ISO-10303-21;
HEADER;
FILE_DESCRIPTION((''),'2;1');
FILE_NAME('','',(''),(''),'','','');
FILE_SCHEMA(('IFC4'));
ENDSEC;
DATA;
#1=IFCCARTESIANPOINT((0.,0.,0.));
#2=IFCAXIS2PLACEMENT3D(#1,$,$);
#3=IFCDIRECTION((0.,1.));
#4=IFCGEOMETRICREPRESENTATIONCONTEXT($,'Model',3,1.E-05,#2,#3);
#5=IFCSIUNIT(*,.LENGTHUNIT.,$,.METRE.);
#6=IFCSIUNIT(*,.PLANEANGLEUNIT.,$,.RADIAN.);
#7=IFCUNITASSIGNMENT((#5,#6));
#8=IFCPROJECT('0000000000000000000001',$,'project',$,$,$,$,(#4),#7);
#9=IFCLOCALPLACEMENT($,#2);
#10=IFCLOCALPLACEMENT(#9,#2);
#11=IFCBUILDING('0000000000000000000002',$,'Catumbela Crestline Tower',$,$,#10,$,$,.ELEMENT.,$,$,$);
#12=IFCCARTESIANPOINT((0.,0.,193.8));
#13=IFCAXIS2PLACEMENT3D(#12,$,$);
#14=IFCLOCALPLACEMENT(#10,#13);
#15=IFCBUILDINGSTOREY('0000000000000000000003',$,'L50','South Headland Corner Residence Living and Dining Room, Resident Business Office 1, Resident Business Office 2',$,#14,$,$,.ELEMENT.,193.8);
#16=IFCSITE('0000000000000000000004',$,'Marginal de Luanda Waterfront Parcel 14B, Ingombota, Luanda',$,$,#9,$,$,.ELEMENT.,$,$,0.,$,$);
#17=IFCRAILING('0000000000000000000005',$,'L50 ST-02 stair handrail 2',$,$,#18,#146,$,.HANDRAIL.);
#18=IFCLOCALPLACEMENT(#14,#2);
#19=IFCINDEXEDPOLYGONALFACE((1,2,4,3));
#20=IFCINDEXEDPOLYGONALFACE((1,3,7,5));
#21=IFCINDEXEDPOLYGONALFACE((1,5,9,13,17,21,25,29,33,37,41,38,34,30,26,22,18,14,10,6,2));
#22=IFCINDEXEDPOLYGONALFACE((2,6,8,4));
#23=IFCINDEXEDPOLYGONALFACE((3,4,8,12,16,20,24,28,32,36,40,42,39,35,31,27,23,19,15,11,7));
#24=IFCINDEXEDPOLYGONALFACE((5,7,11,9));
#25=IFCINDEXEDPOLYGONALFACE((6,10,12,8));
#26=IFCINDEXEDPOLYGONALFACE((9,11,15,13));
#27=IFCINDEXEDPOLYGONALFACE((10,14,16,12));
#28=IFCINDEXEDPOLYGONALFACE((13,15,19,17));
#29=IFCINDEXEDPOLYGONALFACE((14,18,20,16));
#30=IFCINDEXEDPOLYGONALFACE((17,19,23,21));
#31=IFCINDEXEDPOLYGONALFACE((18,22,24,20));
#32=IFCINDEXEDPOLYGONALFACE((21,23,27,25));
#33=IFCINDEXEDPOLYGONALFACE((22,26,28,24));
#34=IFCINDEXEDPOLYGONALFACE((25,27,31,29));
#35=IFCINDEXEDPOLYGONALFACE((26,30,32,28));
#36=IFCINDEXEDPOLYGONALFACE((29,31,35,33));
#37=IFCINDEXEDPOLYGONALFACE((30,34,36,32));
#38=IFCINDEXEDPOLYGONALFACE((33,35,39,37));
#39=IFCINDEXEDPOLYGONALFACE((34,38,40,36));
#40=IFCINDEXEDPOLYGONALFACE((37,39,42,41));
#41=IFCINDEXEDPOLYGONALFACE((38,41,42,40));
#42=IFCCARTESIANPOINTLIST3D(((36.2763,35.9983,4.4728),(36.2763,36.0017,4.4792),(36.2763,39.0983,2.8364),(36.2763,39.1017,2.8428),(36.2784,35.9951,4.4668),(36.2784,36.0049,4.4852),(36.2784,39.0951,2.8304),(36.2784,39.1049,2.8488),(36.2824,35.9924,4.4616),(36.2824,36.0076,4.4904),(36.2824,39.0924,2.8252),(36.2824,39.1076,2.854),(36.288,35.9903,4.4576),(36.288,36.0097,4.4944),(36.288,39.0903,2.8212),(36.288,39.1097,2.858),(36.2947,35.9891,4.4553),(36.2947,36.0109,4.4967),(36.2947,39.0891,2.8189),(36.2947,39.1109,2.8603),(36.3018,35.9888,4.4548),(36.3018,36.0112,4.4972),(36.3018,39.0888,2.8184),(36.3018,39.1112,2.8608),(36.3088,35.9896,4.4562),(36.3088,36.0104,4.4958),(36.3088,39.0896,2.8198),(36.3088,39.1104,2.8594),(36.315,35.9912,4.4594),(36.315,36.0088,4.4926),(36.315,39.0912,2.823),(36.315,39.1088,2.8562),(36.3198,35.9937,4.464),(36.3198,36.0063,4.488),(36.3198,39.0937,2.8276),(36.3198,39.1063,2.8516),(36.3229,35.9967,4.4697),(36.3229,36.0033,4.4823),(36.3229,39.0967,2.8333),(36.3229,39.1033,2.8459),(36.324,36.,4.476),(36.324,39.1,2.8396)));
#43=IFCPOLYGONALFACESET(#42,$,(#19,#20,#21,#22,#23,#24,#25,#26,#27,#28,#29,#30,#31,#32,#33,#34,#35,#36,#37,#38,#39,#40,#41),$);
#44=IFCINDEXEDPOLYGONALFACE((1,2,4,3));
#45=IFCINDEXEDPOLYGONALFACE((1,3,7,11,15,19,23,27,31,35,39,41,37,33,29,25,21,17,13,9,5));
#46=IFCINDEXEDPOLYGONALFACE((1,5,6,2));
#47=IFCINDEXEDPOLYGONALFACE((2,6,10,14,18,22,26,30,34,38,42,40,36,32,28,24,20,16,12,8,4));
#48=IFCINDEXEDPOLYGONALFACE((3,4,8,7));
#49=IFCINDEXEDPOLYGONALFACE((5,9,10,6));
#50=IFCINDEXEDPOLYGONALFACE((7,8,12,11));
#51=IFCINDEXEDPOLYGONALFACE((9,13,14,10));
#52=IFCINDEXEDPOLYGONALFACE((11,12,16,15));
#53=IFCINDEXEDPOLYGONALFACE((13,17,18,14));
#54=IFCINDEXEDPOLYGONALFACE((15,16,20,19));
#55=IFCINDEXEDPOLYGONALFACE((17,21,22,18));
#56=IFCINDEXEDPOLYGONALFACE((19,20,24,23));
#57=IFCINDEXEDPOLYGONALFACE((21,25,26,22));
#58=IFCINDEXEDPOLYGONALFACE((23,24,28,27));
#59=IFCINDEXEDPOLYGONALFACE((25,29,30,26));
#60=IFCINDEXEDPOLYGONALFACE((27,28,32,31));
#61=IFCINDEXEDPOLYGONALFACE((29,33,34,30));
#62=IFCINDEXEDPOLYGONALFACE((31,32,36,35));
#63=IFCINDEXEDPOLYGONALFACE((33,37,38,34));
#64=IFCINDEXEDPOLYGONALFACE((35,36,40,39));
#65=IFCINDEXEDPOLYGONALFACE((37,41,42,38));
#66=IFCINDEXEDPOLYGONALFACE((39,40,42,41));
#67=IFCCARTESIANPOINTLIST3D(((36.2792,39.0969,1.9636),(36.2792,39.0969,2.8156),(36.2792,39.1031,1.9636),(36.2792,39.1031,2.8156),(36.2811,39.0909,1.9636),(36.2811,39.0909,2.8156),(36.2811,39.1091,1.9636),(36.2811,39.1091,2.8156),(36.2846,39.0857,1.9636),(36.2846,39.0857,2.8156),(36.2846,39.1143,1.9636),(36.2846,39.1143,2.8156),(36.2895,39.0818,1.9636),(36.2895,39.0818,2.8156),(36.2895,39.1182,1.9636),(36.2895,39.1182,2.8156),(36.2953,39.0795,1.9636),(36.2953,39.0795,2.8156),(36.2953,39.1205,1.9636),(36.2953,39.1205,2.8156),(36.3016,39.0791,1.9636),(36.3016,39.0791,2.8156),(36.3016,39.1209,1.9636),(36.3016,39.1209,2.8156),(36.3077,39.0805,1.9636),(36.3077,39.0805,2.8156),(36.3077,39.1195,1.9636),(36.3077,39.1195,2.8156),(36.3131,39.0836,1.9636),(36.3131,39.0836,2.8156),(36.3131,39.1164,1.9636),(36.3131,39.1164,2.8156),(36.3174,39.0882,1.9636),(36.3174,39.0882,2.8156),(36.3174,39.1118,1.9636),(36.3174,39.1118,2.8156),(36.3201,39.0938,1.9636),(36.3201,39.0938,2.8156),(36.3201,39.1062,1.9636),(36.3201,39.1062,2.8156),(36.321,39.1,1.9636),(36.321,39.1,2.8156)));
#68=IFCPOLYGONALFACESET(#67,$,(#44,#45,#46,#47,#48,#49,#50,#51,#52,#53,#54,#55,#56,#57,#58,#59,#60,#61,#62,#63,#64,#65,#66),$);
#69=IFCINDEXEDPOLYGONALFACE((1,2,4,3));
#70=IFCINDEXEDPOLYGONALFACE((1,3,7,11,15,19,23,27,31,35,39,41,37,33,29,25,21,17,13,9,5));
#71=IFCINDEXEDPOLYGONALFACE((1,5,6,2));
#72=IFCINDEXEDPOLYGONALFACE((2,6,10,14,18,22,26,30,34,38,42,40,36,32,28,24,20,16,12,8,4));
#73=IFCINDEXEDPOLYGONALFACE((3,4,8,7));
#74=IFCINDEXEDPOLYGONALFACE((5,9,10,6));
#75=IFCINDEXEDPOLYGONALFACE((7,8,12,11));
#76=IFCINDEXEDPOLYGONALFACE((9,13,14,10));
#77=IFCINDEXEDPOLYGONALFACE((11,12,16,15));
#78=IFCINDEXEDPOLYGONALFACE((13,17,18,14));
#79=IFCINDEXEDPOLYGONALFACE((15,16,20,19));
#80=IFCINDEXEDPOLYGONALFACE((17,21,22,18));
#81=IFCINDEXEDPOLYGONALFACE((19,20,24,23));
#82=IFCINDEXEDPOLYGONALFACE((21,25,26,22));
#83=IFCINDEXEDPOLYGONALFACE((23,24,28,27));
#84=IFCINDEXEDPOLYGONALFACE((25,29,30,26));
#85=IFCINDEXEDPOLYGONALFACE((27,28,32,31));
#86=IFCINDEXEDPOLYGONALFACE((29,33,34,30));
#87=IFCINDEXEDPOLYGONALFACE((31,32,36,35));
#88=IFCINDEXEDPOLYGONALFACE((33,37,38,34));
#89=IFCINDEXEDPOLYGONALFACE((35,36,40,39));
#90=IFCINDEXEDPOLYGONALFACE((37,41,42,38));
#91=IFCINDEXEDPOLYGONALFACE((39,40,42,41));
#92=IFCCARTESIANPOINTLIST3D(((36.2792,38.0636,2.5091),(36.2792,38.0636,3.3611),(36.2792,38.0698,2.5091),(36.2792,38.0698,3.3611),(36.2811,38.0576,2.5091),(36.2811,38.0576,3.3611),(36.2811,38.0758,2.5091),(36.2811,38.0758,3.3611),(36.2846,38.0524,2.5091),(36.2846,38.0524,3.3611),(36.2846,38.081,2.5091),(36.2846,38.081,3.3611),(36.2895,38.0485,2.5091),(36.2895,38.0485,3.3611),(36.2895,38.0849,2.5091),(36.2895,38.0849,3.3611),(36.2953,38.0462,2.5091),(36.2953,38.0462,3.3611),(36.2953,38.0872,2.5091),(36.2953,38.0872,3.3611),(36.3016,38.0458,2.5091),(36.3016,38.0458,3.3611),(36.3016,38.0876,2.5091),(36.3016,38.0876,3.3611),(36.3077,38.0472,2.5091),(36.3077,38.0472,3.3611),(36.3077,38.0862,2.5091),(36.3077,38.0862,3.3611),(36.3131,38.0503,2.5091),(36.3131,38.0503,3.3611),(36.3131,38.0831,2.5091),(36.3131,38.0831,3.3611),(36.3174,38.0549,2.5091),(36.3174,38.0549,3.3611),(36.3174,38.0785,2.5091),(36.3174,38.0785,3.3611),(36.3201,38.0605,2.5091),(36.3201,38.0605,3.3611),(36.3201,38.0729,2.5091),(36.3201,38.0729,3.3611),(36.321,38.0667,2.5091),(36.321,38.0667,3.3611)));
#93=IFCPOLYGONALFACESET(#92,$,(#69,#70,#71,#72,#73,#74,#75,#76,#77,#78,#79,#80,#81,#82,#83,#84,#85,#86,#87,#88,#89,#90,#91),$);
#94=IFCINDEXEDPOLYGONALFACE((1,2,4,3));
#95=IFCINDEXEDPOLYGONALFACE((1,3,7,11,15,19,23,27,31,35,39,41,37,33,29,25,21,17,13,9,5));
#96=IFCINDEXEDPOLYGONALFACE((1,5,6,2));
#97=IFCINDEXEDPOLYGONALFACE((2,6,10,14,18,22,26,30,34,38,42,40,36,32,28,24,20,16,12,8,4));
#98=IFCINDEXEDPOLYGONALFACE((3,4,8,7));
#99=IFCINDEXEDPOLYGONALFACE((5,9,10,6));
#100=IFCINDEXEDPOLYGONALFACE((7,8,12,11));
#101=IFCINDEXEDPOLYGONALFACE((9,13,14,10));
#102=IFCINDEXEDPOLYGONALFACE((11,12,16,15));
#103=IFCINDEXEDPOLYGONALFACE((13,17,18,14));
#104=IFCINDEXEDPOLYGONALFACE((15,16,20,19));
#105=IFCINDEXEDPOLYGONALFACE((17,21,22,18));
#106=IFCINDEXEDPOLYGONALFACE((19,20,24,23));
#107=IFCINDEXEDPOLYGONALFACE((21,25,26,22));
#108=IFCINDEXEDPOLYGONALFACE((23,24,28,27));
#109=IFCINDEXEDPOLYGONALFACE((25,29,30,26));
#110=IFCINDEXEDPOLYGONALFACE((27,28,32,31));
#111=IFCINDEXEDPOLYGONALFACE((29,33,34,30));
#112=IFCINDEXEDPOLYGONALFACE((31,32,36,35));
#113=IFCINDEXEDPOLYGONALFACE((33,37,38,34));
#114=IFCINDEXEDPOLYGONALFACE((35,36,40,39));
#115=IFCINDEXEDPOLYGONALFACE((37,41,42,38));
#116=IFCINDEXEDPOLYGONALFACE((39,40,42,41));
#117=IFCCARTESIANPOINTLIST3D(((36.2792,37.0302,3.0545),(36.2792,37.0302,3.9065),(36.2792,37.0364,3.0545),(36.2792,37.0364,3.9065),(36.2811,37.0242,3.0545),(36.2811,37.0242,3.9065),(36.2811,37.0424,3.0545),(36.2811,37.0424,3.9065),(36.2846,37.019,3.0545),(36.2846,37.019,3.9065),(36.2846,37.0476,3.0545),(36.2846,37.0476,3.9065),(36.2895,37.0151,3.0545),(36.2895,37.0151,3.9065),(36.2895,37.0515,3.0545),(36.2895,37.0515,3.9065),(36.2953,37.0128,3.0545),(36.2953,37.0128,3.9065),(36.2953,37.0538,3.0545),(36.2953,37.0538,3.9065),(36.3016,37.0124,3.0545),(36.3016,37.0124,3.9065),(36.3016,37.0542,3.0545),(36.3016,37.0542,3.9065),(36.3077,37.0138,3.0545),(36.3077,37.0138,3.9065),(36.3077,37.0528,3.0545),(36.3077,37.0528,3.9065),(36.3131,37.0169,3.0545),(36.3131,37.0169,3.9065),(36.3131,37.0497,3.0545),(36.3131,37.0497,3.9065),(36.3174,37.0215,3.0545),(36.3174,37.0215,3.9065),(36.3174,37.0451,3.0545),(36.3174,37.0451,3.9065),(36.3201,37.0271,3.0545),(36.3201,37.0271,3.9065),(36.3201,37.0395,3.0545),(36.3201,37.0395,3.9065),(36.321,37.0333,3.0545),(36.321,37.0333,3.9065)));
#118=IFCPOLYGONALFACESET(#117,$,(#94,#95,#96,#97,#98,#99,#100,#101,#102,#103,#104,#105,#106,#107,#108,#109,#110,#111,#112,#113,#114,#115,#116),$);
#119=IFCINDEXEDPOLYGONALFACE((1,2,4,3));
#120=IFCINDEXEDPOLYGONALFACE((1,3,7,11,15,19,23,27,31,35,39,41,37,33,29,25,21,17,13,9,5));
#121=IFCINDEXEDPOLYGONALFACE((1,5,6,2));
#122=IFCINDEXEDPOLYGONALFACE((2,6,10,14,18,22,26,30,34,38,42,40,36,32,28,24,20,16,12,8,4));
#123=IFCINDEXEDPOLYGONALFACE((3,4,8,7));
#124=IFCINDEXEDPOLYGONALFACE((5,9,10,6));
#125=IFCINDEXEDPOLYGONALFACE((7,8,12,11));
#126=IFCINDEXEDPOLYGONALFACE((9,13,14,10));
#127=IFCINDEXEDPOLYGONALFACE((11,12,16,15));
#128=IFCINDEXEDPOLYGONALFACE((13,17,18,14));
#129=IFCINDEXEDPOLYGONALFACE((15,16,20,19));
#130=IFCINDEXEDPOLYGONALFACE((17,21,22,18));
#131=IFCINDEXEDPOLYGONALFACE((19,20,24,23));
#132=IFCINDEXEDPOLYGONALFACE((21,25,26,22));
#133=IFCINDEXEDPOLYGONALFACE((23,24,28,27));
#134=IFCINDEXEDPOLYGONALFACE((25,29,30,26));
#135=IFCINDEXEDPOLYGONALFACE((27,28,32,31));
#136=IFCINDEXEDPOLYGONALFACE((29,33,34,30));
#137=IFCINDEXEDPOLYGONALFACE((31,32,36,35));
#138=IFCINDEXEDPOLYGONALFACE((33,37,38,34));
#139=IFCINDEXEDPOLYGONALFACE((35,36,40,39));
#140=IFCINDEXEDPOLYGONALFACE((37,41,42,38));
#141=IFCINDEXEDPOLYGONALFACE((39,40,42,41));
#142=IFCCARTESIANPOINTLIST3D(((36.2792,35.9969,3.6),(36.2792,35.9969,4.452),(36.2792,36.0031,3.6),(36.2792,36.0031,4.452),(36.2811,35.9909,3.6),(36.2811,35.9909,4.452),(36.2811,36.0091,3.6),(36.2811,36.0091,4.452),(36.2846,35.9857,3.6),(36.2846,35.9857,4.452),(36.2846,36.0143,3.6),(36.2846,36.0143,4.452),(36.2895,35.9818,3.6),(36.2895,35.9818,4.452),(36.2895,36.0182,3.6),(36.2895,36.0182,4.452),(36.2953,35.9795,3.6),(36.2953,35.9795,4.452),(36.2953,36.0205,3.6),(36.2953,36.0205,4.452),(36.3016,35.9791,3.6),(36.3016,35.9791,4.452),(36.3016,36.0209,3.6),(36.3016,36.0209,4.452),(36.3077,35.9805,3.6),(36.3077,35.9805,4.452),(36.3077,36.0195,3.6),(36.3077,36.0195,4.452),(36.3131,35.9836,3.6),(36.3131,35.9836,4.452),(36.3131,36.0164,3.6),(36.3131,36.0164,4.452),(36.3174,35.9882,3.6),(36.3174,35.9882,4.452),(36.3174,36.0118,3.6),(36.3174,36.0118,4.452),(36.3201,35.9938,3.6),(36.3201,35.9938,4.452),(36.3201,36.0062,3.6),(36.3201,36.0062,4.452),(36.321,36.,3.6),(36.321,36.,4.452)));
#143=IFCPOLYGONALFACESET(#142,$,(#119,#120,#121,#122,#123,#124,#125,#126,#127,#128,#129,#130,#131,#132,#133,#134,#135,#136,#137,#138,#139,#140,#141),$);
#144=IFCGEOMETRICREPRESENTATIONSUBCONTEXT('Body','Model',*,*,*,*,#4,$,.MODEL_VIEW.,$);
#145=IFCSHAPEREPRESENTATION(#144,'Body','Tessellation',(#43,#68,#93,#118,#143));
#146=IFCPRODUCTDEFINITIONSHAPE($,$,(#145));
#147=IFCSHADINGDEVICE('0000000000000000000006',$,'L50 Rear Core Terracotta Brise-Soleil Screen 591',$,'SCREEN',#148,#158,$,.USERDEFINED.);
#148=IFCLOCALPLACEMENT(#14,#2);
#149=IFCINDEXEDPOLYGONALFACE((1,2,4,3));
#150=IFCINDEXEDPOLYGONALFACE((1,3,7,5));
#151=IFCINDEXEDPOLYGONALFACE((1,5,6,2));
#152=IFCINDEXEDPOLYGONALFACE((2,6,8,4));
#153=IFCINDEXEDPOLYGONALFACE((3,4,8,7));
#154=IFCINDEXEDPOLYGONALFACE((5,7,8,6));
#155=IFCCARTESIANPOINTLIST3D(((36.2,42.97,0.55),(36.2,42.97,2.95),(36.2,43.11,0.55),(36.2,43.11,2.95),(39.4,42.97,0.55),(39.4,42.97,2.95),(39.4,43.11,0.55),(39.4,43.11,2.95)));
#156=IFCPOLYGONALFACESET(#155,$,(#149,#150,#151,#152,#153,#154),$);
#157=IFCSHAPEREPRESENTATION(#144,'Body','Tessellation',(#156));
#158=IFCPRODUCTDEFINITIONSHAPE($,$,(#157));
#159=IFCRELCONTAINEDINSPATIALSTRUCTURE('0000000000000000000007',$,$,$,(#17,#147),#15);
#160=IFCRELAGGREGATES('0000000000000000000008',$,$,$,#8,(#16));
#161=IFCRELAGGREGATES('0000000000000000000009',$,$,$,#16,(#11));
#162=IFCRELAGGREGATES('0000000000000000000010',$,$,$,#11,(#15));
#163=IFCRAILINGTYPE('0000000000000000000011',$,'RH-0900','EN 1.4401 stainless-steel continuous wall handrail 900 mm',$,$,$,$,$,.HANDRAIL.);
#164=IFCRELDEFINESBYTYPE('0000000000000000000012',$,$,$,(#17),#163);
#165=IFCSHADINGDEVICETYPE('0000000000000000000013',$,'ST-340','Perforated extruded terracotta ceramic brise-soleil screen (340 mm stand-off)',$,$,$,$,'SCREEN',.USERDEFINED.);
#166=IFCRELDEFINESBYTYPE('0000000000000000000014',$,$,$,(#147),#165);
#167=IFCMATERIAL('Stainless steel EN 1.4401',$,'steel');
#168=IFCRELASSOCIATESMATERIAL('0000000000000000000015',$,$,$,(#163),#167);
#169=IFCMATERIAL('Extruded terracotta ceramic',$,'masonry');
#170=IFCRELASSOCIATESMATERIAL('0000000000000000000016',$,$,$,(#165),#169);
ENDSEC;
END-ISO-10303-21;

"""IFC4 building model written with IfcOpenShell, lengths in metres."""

from ifc_helpers import new_model, si_unit, direction, frame, origin, origin_2d, place, context, subcontext, project, spatial, rectangle, circle, extrude, material, type_object, element, save


model = new_model("IFC4")

# Units and contexts
model_context = context("Model", 3, precision=1e-05, world=origin(), true_north=direction((0.0, 1.0)))
body_context = subcontext(model_context, "Body", "Model", "MODEL_VIEW")
ifc_project = project(units=[si_unit("LENGTHUNIT", "METRE"), si_unit("PLANEANGLEUNIT", "RADIAN")], contexts=[model_context])

# Site, building, storey
site_placement = place(None, origin())
site = spatial("IfcSite", under=ifc_project, at=site_placement, Name="Marginal de Luanda Waterfront Parcel 14B, Ingombota, Luanda", CompositionType="ELEMENT", RefElevation=0.0)
building_placement = place(site_placement, origin())
building = spatial("IfcBuilding", under=site, at=building_placement, Name="Catumbela Crestline Tower", CompositionType="ELEMENT")
storey_placement = place(building_placement, frame((0.0, 0.0, 193.8)))
storey = spatial("IfcBuildingStorey", under=building, at=storey_placement, Name="L50", Description="South Headland Corner Residence Living and Dining Room, Resident Business Office 1, Resident Business Office 2", CompositionType="ELEMENT", Elevation=193.8)

# Shared definitions
ifc_material_1 = material(Name="Stainless steel EN 1.4401", Category="steel")

# Railing
railing_type_1 = type_object("IfcRailingType", Name="RH-0900", Description="EN 1.4401 stainless-steel continuous wall handrail 900 mm", PredefinedType="HANDRAIL", material=ifc_material_1)
railing_1_placement = place(storey_placement, frame((36.3, 39.1, 1.9636)))
element("IfcRailing", 1, at=railing_1_placement, inside=storey, type_object=railing_type_1, Name="L50 ST-02 stair handrail 2", PredefinedType="HANDRAIL", context=body_context, shape_type="SweptSolid", body=[
    extrude(circle(Radius=0.024, at=origin_2d()), frame((0.0, 0.0, 0.876), z_axis=(0.0, -0.884351, 0.466823), x_axis=(1.0, 0.0, 0.0)), (0.0, 0.0, 1.0), 3.5054),
    extrude(circle(Radius=0.021, at=origin_2d()), origin(), (0.0, 0.0, 1.0), 0.852),
    extrude(circle(Radius=0.021, at=origin_2d()), frame((0.0, -1.0333, 0.5455)), (0.0, 0.0, 1.0), 0.852),
    extrude(circle(Radius=0.021, at=origin_2d()), frame((0.0, -2.0667, 1.0909)), (0.0, 0.0, 1.0), 0.852),
    extrude(circle(Radius=0.021, at=origin_2d()), frame((0.0, -3.1, 1.6364)), (0.0, 0.0, 1.0), 0.852),
])

# Shading device
ifc_material_2 = material(Name="Extruded terracotta ceramic", Category="masonry")
shading_device_type = type_object("IfcShadingDeviceType", Name="ST-340", Description="Perforated extruded terracotta ceramic brise-soleil screen (340 mm stand-off)", ElementType="SCREEN", PredefinedType="USERDEFINED", material=ifc_material_2)
shading_device_placement = place(storey_placement, frame((37.8, 43.04, 0.55), z_axis=(0.0, 0.0, 1.0), x_axis=(1.0, 0.0, 0.0)))
element("IfcShadingDevice", 2, at=shading_device_placement, inside=storey, type_object=shading_device_type, Name="L50 Rear Core Terracotta Brise-Soleil Screen 591", ObjectType="SCREEN", PredefinedType="USERDEFINED", context=body_context, shape_type="SweptSolid", body=[
    extrude(rectangle(XDim=3.2, YDim=0.14, at=origin_2d()), origin(), (0.0, 0.0, 1.0), 2.4),
])

save(model, "model.ifc")
